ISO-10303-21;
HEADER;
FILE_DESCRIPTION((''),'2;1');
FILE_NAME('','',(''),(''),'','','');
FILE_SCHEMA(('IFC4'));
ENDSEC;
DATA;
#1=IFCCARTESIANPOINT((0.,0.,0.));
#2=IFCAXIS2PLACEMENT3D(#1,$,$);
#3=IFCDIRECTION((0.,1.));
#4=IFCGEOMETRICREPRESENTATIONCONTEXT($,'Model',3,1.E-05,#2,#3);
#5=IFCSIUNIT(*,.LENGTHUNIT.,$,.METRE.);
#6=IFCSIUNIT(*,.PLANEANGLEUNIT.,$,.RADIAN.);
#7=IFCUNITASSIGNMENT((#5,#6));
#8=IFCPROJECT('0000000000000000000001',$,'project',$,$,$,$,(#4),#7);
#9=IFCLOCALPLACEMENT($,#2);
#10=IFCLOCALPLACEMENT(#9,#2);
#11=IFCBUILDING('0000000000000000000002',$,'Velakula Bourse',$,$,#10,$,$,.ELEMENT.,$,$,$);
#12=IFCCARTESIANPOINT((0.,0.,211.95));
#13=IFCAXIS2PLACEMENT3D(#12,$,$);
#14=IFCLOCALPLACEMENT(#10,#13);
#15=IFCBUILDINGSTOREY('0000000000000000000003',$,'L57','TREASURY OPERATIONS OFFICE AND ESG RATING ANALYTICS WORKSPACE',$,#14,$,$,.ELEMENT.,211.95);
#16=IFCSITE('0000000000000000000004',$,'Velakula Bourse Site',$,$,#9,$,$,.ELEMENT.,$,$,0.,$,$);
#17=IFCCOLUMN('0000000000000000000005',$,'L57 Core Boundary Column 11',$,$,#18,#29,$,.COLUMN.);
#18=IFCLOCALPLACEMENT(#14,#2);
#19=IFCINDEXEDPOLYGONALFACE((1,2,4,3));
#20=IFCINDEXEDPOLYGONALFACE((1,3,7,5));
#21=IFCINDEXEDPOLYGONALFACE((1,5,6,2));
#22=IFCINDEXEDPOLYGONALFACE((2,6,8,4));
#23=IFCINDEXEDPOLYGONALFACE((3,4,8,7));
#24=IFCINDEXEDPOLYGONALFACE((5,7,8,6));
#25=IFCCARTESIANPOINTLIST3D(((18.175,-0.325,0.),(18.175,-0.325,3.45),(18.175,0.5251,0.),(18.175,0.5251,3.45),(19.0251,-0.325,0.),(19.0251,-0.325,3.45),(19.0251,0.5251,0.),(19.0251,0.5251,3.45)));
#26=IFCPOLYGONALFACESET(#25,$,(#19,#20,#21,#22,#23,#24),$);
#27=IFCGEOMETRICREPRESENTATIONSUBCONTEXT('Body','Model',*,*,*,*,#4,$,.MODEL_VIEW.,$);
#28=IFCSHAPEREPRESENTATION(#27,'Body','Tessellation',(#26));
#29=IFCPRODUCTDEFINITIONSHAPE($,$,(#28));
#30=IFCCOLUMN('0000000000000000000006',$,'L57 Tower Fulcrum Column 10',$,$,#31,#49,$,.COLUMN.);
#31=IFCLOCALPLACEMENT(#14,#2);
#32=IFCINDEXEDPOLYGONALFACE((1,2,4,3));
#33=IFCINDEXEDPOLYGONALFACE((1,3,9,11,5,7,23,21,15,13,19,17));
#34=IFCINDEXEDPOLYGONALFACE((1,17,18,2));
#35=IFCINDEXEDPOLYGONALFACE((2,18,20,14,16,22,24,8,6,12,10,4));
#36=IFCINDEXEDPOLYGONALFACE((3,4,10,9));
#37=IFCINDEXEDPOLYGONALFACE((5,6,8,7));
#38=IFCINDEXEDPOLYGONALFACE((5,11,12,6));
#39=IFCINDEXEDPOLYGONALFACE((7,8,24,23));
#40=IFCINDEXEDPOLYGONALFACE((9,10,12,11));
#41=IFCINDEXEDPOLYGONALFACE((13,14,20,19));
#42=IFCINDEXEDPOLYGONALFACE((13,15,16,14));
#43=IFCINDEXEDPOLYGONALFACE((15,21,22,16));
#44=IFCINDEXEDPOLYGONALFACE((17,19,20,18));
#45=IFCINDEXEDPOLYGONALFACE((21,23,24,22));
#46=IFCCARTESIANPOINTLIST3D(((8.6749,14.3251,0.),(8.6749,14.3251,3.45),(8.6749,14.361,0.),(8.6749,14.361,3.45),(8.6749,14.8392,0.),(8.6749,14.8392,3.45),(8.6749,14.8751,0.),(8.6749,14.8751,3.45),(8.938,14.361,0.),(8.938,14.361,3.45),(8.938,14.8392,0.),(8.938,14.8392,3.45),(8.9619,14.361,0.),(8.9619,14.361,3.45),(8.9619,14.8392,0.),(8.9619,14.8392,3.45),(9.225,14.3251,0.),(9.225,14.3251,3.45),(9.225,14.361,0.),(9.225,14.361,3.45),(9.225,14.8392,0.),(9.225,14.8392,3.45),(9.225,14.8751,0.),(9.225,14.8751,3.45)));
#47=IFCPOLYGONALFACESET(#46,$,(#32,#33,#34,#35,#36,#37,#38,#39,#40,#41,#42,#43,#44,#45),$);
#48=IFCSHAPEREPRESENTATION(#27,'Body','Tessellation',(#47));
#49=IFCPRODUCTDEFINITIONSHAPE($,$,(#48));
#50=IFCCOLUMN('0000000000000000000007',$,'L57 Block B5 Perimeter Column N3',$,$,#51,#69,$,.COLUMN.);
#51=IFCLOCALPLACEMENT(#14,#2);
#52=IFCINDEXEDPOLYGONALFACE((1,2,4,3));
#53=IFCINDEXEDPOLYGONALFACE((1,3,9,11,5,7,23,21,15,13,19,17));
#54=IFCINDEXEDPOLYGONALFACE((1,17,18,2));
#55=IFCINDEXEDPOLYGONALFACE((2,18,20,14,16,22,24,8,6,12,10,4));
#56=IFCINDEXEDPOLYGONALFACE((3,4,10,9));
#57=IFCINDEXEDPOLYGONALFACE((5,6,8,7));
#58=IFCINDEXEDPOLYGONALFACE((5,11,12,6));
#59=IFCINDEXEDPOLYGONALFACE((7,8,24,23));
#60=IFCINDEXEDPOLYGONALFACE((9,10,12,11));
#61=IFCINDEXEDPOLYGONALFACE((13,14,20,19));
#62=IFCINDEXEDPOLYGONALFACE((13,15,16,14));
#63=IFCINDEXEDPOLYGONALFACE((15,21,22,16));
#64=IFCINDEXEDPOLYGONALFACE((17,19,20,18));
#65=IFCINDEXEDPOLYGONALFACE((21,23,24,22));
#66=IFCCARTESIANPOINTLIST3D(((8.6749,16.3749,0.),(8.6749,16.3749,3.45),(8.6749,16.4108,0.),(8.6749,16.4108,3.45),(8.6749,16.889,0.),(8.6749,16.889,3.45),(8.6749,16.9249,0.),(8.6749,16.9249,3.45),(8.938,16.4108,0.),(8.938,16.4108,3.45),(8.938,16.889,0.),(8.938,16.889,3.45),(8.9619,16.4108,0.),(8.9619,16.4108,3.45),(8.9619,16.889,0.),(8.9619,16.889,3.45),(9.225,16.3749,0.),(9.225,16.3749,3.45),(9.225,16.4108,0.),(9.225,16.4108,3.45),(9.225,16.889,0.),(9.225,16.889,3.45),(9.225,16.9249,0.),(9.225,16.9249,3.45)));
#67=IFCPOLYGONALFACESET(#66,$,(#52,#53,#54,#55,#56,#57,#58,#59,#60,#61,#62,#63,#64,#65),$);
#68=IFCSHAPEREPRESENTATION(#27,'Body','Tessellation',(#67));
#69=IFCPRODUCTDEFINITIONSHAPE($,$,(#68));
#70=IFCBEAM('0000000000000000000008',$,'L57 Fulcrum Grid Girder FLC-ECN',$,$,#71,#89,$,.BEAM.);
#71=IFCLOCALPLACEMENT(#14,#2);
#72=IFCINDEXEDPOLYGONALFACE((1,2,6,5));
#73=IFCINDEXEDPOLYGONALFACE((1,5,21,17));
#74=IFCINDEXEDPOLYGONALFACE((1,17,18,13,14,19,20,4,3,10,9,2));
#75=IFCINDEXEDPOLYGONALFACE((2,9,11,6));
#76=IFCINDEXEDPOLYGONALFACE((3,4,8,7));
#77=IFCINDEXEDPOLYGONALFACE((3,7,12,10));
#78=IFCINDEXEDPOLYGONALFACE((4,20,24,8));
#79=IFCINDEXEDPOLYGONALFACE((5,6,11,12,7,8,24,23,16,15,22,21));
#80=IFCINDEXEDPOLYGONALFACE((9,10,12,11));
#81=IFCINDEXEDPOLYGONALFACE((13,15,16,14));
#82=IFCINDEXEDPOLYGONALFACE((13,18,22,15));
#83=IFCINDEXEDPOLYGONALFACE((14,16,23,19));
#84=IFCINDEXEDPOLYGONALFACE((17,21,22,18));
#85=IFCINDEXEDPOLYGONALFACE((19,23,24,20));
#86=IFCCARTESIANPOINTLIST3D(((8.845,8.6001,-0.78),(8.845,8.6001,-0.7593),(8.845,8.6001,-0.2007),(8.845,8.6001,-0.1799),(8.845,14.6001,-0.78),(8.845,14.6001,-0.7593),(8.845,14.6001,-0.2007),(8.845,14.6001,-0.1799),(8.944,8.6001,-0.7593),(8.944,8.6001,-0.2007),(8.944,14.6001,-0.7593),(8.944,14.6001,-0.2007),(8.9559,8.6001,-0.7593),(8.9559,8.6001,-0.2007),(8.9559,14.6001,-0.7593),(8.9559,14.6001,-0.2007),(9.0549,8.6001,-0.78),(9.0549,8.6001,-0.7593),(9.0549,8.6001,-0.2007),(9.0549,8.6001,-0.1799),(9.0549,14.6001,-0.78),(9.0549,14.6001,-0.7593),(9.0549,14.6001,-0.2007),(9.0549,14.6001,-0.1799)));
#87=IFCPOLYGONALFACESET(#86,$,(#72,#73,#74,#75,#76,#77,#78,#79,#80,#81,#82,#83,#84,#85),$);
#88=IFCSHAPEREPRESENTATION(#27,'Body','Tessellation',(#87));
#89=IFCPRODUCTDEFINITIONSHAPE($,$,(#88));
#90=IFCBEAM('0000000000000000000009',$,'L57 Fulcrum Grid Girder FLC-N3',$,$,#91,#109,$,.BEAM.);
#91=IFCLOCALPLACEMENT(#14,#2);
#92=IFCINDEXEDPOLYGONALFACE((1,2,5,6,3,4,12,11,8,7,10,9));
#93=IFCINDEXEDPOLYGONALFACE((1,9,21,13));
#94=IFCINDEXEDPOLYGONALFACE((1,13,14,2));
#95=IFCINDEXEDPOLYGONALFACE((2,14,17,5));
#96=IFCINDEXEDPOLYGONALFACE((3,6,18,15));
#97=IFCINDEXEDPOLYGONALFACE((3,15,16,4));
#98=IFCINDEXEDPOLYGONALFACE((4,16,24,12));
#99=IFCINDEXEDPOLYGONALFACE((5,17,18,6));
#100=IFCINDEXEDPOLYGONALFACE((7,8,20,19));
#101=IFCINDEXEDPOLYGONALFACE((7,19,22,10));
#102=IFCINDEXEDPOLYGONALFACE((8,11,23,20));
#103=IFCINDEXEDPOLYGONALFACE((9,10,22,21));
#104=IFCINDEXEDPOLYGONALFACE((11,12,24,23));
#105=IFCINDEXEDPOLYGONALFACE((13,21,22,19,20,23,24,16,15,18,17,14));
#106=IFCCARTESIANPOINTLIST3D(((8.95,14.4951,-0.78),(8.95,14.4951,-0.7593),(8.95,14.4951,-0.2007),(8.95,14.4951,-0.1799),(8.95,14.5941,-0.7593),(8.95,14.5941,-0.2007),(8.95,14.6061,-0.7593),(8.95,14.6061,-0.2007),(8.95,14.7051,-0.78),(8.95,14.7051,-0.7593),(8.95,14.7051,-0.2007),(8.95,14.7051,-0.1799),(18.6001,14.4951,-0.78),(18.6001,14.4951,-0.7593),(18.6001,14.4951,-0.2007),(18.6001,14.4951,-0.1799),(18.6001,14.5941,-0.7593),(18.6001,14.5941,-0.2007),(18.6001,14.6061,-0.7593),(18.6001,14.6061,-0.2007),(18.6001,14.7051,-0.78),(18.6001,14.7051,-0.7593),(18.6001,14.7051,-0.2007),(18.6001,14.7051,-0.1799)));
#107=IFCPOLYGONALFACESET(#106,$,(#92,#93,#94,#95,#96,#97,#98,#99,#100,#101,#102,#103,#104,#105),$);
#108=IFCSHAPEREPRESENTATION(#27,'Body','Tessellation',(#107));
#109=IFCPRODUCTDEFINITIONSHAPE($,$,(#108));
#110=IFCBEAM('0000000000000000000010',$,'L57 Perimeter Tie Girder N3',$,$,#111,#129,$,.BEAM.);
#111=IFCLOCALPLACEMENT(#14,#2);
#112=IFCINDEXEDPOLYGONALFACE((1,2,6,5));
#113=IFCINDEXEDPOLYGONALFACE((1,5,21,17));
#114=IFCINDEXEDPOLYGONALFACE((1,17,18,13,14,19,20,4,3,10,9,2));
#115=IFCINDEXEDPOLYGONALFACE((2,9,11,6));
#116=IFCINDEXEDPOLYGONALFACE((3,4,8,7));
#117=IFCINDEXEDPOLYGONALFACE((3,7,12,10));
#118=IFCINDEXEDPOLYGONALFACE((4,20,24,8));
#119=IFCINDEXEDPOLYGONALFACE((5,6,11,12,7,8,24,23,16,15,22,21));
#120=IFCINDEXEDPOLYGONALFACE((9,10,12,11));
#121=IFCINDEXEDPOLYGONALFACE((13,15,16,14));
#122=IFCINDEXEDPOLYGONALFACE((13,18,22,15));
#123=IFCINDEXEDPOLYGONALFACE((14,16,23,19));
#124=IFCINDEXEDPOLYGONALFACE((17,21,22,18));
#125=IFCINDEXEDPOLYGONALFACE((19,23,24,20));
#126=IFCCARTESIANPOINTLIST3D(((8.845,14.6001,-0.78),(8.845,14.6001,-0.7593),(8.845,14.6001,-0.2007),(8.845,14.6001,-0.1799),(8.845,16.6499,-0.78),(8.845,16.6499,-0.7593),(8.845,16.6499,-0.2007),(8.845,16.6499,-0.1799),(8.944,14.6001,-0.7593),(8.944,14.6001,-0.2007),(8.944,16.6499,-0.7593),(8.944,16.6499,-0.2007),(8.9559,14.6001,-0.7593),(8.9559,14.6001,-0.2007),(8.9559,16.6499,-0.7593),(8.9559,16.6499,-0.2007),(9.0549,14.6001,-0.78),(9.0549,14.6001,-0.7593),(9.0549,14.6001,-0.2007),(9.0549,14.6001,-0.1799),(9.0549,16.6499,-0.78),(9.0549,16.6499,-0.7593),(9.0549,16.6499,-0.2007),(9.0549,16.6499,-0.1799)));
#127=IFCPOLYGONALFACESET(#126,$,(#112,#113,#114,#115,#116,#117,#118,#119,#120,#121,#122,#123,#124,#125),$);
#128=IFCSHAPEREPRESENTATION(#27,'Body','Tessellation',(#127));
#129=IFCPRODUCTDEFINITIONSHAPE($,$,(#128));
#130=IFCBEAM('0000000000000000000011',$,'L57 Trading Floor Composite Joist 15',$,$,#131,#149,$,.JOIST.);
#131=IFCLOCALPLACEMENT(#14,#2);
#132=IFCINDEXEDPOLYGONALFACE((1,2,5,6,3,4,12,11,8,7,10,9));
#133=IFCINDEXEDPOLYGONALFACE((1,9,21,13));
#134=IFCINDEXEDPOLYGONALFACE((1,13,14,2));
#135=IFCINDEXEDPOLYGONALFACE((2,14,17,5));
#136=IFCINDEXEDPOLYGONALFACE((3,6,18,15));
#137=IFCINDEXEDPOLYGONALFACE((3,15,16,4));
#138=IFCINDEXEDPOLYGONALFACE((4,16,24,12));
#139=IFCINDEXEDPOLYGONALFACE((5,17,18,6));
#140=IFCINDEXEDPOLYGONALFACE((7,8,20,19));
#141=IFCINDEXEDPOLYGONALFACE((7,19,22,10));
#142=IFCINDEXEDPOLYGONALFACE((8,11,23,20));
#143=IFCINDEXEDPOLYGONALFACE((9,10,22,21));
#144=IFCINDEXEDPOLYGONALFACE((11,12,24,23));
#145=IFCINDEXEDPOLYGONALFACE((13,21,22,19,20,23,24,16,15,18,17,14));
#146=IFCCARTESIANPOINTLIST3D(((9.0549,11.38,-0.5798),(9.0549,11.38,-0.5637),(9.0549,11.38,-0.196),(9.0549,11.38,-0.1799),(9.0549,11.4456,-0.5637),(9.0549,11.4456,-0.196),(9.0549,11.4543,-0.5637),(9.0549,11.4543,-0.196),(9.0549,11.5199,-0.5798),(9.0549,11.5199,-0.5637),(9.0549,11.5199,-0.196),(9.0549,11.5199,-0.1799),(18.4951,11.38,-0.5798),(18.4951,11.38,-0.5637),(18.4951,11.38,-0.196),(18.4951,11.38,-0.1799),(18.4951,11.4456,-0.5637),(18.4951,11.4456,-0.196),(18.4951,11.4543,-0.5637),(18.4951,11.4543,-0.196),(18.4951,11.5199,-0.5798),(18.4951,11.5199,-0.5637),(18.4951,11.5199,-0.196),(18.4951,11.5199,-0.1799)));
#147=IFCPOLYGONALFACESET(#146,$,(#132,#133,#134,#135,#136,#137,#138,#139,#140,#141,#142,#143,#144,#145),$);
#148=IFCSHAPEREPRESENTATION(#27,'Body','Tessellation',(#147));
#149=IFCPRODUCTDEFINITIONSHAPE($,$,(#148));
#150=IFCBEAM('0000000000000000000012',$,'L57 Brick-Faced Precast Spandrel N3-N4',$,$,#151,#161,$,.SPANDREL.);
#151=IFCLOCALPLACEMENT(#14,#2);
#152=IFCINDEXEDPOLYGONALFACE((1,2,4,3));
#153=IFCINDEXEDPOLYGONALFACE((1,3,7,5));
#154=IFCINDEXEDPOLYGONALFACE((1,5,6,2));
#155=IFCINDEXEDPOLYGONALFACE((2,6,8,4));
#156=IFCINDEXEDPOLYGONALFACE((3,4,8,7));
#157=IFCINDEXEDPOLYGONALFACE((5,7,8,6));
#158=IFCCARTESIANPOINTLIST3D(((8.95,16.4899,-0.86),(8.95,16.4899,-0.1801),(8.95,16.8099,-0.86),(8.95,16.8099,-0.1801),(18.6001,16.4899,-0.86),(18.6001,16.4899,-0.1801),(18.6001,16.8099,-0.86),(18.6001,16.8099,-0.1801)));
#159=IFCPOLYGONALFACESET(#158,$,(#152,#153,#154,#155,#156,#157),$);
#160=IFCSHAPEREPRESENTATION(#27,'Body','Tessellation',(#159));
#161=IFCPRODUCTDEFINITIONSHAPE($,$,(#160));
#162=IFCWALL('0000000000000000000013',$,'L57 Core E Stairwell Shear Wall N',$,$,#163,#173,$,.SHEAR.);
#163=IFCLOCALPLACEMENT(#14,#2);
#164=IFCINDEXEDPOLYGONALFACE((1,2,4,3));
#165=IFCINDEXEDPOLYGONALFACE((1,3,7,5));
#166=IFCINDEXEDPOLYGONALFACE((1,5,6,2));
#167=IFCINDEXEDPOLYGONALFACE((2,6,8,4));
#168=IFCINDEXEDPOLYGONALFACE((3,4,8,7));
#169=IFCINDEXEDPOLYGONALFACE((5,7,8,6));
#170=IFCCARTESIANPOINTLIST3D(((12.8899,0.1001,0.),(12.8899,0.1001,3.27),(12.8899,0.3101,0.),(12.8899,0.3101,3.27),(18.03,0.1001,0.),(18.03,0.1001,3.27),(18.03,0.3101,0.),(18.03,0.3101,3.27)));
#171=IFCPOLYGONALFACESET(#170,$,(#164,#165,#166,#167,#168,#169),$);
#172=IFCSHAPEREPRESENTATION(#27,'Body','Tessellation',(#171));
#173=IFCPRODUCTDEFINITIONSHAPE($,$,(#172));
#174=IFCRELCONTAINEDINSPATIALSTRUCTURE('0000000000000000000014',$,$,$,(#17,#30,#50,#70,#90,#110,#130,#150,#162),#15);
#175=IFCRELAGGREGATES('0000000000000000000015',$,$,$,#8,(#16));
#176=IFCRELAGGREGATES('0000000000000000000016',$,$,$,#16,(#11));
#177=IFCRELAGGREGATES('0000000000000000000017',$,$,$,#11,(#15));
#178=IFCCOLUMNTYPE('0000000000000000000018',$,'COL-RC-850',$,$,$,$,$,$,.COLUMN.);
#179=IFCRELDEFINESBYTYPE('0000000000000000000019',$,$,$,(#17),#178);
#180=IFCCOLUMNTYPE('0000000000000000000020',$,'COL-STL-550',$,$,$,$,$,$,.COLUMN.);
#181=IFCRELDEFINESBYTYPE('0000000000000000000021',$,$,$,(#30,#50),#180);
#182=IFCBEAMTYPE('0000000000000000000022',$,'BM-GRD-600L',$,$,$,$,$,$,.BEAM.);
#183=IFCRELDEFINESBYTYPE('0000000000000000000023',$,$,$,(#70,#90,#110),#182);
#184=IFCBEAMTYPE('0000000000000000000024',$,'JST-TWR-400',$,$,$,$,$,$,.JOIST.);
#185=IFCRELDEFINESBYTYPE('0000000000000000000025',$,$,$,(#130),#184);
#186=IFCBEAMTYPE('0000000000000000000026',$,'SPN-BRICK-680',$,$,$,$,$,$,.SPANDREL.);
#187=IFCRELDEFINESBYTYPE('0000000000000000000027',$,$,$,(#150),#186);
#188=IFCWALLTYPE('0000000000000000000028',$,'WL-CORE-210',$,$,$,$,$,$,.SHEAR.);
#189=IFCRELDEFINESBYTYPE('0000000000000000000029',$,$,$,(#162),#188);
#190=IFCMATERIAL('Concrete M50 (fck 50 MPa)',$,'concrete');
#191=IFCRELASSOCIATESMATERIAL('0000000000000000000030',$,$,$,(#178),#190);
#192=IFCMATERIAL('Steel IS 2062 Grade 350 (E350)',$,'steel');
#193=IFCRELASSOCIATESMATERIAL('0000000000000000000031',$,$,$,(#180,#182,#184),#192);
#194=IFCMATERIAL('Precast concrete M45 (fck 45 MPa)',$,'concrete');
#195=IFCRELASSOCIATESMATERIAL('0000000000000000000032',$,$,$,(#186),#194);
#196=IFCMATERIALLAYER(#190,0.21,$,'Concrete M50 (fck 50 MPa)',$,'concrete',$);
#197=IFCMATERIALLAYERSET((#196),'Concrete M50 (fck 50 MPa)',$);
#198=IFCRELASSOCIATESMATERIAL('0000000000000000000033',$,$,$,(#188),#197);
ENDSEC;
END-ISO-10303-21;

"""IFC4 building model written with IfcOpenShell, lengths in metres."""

from ifc_helpers import new_model, si_unit, direction, frame, frame_2d, origin, origin_2d, place, context, subcontext, project, spatial, rectangle, i_section, extrude, material, layer, layer_set, material_profile, profile_set, type_object, element, save


model = new_model("IFC4")

# Units and contexts
model_context = context("Model", 3, precision=1e-05, world=origin(), true_north=direction((0.0, 1.0)))
body_context = subcontext(model_context, "Body", "Model", "MODEL_VIEW")
ifc_project = project(units=[si_unit("LENGTHUNIT", "METRE"), si_unit("PLANEANGLEUNIT", "RADIAN")], contexts=[model_context])

# Site, building, storey
site_placement = place(None, origin())
site = spatial("IfcSite", under=ifc_project, at=site_placement, Name="Velakula Bourse Site", CompositionType="ELEMENT", RefElevation=0.0)
building_placement = place(site_placement, origin())
building = spatial("IfcBuilding", under=site, at=building_placement, Name="Velakula Bourse", CompositionType="ELEMENT")
storey_placement = place(building_placement, frame((0.0, 0.0, 211.95)))
storey = spatial("IfcBuildingStorey", under=building, at=storey_placement, Name="L57", Description="TREASURY OPERATIONS OFFICE AND ESG RATING ANALYTICS WORKSPACE", CompositionType="ELEMENT", Elevation=211.95)

# Columns
ifc_material_1 = material(Name="Concrete M50 (fck 50 MPa)", Category="concrete")
ifc_material_profile_1 = material_profile(ifc_material_1, rectangle(XDim=0.8501, YDim=0.8501, at=origin_2d()), Name="Concrete M50 (fck 50 MPa)")
ifc_profile_set_1 = profile_set([ifc_material_profile_1], Name="Concrete M50 (fck 50 MPa)")
column_type_1 = type_object("IfcColumnType", Name="COL-RC-850", PredefinedType="COLUMN", material=ifc_profile_set_1)
column_placement = place(storey_placement, frame((18.6001, 0.1001, 0.0), z_axis=(0.0, 0.0, 1.0), x_axis=(1.0, 0.0, 0.0)))
element("IfcColumn", 1, at=column_placement, inside=storey, type_object=column_type_1, Name="L57 Core Boundary Column 11", PredefinedType="COLUMN", context=body_context, shape_type="SweptSolid", body=[
    extrude(rectangle(XDim=0.8501, YDim=0.8501, at=origin_2d()), origin(), (0.0, 0.0, 1.0), 3.45),
])
ifc_material_2 = material(Name="Steel IS 2062 Grade 350 (E350)", Category="steel")
ifc_material_profile_2 = material_profile(ifc_material_2, i_section(OverallWidth=0.55, OverallDepth=0.55, WebThickness=0.0239, FlangeThickness=0.0359, at=origin_2d()), Name="Steel IS 2062 Grade 350 (E350)")
ifc_profile_set_2 = profile_set([ifc_material_profile_2], Name="Steel IS 2062 Grade 350 (E350)")
column_type_2 = type_object("IfcColumnType", Name="COL-STL-550", PredefinedType="COLUMN", material=ifc_profile_set_2)
for number, where, z_axis, x_axis, name in (
    (2, (8.95, 14.6001, 0.0), (0.0, 0.0, 1.0), (1.0, 0.0, 0.0), "L57 Tower Fulcrum Column 10"),
    (3, (8.95, 16.6499, 0.0), (0.0, 0.0, 1.0), (1.0, 0.0, 0.0), "L57 Block B5 Perimeter Column N3"),
):
    element("IfcColumn", number, at=place(storey_placement, frame(where, z_axis=z_axis, x_axis=x_axis)), inside=storey, type_object=column_type_2, Name=name, PredefinedType="COLUMN", context=body_context, shape_type="SweptSolid", body=[
        extrude(i_section(OverallWidth=0.55, OverallDepth=0.55, WebThickness=0.0239, FlangeThickness=0.0359, at=origin_2d()), origin(), (0.0, 0.0, 1.0), 3.45),
    ])

# Beams
ifc_material_profile_3 = material_profile(ifc_material_2, i_section(OverallWidth=0.21, OverallDepth=0.6001, WebThickness=0.012, FlangeThickness=0.0208, at=origin_2d()), Name="Steel IS 2062 Grade 350 (E350)")
ifc_profile_set_3 = profile_set([ifc_material_profile_3], Name="Steel IS 2062 Grade 350 (E350)")
beam_type_1 = type_object("IfcBeamType", Name="BM-GRD-600L", PredefinedType="BEAM", material=ifc_profile_set_3)
beam_1_placement = place(storey_placement, frame((8.95, 8.6001, -0.48), z_axis=(0.0, 1.0, 0.0), x_axis=(-1.0, 0.0, 0.0)))
element("IfcBeam", 4, at=beam_1_placement, inside=storey, type_object=beam_type_1, Name="L57 Fulcrum Grid Girder FLC-ECN", PredefinedType="BEAM", context=body_context, shape_type="SweptSolid", body=[
    extrude(i_section(OverallWidth=0.21, OverallDepth=0.6001, WebThickness=0.012, FlangeThickness=0.0208, at=origin_2d()), origin(), (0.0, 0.0, 1.0), 6.0),
])
beam_2_placement = place(storey_placement, frame((8.95, 14.6001, -0.48), z_axis=(1.0, 0.0, 0.0), x_axis=(0.0, 1.0, 0.0)))
element("IfcBeam", 5, at=beam_2_placement, inside=storey, type_object=beam_type_1, Name="L57 Fulcrum Grid Girder FLC-N3", PredefinedType="BEAM", context=body_context, shape_type="SweptSolid", body=[
    extrude(i_section(OverallWidth=0.21, OverallDepth=0.6001, WebThickness=0.012, FlangeThickness=0.0208, at=origin_2d()), origin(), (0.0, 0.0, 1.0), 9.6501),
])
beam_3_placement = place(storey_placement, frame((8.95, 14.6001, -0.48), z_axis=(0.0, 1.0, 0.0), x_axis=(-1.0, 0.0, 0.0)))
element("IfcBeam", 6, at=beam_3_placement, inside=storey, type_object=beam_type_1, Name="L57 Perimeter Tie Girder N3", PredefinedType="BEAM", context=body_context, shape_type="SweptSolid", body=[
    extrude(i_section(OverallWidth=0.21, OverallDepth=0.6001, WebThickness=0.012, FlangeThickness=0.0208, at=origin_2d()), origin(), (0.0, 0.0, 1.0), 2.0498),
])
ifc_material_profile_4 = material_profile(ifc_material_2, i_section(OverallWidth=0.1399, OverallDepth=0.3999, WebThickness=0.0088, FlangeThickness=0.0161, at=origin_2d()), Name="Steel IS 2062 Grade 350 (E350)")
ifc_profile_set_4 = profile_set([ifc_material_profile_4], Name="Steel IS 2062 Grade 350 (E350)")
beam_type_2 = type_object("IfcBeamType", Name="JST-TWR-400", PredefinedType="JOIST", material=ifc_profile_set_4)
beam_4_placement = place(storey_placement, frame((9.0549, 11.45, -0.3799), z_axis=(1.0, 0.0, 0.0), x_axis=(0.0, 1.0, 0.0)))
element("IfcBeam", 7, at=beam_4_placement, inside=storey, type_object=beam_type_2, Name="L57 Trading Floor Composite Joist 15", PredefinedType="JOIST", context=body_context, shape_type="SweptSolid", body=[
    extrude(i_section(OverallWidth=0.1399, OverallDepth=0.3999, WebThickness=0.0088, FlangeThickness=0.0161, at=origin_2d()), origin(), (0.0, 0.0, 1.0), 9.4402),
])
ifc_material_3 = material(Name="Precast concrete M45 (fck 45 MPa)", Category="concrete")
ifc_material_profile_5 = material_profile(ifc_material_3, rectangle(XDim=0.3201, YDim=0.6799, at=origin_2d()), Name="Precast concrete M45 (fck 45 MPa)")
ifc_profile_set_5 = profile_set([ifc_material_profile_5], Name="Precast concrete M45 (fck 45 MPa)")
beam_type_3 = type_object("IfcBeamType", Name="SPN-BRICK-680", PredefinedType="SPANDREL", material=ifc_profile_set_5)
beam_5_placement = place(storey_placement, frame((8.95, 16.6499, -0.52), z_axis=(1.0, 0.0, 0.0), x_axis=(0.0, 1.0, 0.0)))
element("IfcBeam", 8, at=beam_5_placement, inside=storey, type_object=beam_type_3, Name="L57 Brick-Faced Precast Spandrel N3-N4", PredefinedType="SPANDREL", context=body_context, shape_type="SweptSolid", body=[
    extrude(rectangle(XDim=0.3201, YDim=0.6799, at=origin_2d()), origin(), (0.0, 0.0, 1.0), 9.6501),
])

# Wall
ifc_layer_1 = layer(ifc_material_1, 0.21, Name="Concrete M50 (fck 50 MPa)", Category="concrete")
ifc_layer_set_1 = layer_set([ifc_layer_1], Name="Concrete M50 (fck 50 MPa)")
wall_type_1 = type_object("IfcWallType", Name="WL-CORE-210", PredefinedType="SHEAR", material=ifc_layer_set_1)
wall_1_placement = place(storey_placement, frame((18.03, 0.2051, 0.0), z_axis=(0.0, 0.0, 1.0), x_axis=(-1.0, 0.0, 0.0)))
element("IfcWall", 9, at=wall_1_placement, inside=storey, type_object=wall_type_1, Name="L57 Core E Stairwell Shear Wall N", PredefinedType="SHEAR", context=body_context, shape_type="SweptSolid", body=[
    extrude(rectangle(XDim=5.1401, YDim=0.21, at=frame_2d((2.5701, 0.0))), origin(), (0.0, 0.0, 1.0), 3.27),
])

save(model, "model.ifc")
